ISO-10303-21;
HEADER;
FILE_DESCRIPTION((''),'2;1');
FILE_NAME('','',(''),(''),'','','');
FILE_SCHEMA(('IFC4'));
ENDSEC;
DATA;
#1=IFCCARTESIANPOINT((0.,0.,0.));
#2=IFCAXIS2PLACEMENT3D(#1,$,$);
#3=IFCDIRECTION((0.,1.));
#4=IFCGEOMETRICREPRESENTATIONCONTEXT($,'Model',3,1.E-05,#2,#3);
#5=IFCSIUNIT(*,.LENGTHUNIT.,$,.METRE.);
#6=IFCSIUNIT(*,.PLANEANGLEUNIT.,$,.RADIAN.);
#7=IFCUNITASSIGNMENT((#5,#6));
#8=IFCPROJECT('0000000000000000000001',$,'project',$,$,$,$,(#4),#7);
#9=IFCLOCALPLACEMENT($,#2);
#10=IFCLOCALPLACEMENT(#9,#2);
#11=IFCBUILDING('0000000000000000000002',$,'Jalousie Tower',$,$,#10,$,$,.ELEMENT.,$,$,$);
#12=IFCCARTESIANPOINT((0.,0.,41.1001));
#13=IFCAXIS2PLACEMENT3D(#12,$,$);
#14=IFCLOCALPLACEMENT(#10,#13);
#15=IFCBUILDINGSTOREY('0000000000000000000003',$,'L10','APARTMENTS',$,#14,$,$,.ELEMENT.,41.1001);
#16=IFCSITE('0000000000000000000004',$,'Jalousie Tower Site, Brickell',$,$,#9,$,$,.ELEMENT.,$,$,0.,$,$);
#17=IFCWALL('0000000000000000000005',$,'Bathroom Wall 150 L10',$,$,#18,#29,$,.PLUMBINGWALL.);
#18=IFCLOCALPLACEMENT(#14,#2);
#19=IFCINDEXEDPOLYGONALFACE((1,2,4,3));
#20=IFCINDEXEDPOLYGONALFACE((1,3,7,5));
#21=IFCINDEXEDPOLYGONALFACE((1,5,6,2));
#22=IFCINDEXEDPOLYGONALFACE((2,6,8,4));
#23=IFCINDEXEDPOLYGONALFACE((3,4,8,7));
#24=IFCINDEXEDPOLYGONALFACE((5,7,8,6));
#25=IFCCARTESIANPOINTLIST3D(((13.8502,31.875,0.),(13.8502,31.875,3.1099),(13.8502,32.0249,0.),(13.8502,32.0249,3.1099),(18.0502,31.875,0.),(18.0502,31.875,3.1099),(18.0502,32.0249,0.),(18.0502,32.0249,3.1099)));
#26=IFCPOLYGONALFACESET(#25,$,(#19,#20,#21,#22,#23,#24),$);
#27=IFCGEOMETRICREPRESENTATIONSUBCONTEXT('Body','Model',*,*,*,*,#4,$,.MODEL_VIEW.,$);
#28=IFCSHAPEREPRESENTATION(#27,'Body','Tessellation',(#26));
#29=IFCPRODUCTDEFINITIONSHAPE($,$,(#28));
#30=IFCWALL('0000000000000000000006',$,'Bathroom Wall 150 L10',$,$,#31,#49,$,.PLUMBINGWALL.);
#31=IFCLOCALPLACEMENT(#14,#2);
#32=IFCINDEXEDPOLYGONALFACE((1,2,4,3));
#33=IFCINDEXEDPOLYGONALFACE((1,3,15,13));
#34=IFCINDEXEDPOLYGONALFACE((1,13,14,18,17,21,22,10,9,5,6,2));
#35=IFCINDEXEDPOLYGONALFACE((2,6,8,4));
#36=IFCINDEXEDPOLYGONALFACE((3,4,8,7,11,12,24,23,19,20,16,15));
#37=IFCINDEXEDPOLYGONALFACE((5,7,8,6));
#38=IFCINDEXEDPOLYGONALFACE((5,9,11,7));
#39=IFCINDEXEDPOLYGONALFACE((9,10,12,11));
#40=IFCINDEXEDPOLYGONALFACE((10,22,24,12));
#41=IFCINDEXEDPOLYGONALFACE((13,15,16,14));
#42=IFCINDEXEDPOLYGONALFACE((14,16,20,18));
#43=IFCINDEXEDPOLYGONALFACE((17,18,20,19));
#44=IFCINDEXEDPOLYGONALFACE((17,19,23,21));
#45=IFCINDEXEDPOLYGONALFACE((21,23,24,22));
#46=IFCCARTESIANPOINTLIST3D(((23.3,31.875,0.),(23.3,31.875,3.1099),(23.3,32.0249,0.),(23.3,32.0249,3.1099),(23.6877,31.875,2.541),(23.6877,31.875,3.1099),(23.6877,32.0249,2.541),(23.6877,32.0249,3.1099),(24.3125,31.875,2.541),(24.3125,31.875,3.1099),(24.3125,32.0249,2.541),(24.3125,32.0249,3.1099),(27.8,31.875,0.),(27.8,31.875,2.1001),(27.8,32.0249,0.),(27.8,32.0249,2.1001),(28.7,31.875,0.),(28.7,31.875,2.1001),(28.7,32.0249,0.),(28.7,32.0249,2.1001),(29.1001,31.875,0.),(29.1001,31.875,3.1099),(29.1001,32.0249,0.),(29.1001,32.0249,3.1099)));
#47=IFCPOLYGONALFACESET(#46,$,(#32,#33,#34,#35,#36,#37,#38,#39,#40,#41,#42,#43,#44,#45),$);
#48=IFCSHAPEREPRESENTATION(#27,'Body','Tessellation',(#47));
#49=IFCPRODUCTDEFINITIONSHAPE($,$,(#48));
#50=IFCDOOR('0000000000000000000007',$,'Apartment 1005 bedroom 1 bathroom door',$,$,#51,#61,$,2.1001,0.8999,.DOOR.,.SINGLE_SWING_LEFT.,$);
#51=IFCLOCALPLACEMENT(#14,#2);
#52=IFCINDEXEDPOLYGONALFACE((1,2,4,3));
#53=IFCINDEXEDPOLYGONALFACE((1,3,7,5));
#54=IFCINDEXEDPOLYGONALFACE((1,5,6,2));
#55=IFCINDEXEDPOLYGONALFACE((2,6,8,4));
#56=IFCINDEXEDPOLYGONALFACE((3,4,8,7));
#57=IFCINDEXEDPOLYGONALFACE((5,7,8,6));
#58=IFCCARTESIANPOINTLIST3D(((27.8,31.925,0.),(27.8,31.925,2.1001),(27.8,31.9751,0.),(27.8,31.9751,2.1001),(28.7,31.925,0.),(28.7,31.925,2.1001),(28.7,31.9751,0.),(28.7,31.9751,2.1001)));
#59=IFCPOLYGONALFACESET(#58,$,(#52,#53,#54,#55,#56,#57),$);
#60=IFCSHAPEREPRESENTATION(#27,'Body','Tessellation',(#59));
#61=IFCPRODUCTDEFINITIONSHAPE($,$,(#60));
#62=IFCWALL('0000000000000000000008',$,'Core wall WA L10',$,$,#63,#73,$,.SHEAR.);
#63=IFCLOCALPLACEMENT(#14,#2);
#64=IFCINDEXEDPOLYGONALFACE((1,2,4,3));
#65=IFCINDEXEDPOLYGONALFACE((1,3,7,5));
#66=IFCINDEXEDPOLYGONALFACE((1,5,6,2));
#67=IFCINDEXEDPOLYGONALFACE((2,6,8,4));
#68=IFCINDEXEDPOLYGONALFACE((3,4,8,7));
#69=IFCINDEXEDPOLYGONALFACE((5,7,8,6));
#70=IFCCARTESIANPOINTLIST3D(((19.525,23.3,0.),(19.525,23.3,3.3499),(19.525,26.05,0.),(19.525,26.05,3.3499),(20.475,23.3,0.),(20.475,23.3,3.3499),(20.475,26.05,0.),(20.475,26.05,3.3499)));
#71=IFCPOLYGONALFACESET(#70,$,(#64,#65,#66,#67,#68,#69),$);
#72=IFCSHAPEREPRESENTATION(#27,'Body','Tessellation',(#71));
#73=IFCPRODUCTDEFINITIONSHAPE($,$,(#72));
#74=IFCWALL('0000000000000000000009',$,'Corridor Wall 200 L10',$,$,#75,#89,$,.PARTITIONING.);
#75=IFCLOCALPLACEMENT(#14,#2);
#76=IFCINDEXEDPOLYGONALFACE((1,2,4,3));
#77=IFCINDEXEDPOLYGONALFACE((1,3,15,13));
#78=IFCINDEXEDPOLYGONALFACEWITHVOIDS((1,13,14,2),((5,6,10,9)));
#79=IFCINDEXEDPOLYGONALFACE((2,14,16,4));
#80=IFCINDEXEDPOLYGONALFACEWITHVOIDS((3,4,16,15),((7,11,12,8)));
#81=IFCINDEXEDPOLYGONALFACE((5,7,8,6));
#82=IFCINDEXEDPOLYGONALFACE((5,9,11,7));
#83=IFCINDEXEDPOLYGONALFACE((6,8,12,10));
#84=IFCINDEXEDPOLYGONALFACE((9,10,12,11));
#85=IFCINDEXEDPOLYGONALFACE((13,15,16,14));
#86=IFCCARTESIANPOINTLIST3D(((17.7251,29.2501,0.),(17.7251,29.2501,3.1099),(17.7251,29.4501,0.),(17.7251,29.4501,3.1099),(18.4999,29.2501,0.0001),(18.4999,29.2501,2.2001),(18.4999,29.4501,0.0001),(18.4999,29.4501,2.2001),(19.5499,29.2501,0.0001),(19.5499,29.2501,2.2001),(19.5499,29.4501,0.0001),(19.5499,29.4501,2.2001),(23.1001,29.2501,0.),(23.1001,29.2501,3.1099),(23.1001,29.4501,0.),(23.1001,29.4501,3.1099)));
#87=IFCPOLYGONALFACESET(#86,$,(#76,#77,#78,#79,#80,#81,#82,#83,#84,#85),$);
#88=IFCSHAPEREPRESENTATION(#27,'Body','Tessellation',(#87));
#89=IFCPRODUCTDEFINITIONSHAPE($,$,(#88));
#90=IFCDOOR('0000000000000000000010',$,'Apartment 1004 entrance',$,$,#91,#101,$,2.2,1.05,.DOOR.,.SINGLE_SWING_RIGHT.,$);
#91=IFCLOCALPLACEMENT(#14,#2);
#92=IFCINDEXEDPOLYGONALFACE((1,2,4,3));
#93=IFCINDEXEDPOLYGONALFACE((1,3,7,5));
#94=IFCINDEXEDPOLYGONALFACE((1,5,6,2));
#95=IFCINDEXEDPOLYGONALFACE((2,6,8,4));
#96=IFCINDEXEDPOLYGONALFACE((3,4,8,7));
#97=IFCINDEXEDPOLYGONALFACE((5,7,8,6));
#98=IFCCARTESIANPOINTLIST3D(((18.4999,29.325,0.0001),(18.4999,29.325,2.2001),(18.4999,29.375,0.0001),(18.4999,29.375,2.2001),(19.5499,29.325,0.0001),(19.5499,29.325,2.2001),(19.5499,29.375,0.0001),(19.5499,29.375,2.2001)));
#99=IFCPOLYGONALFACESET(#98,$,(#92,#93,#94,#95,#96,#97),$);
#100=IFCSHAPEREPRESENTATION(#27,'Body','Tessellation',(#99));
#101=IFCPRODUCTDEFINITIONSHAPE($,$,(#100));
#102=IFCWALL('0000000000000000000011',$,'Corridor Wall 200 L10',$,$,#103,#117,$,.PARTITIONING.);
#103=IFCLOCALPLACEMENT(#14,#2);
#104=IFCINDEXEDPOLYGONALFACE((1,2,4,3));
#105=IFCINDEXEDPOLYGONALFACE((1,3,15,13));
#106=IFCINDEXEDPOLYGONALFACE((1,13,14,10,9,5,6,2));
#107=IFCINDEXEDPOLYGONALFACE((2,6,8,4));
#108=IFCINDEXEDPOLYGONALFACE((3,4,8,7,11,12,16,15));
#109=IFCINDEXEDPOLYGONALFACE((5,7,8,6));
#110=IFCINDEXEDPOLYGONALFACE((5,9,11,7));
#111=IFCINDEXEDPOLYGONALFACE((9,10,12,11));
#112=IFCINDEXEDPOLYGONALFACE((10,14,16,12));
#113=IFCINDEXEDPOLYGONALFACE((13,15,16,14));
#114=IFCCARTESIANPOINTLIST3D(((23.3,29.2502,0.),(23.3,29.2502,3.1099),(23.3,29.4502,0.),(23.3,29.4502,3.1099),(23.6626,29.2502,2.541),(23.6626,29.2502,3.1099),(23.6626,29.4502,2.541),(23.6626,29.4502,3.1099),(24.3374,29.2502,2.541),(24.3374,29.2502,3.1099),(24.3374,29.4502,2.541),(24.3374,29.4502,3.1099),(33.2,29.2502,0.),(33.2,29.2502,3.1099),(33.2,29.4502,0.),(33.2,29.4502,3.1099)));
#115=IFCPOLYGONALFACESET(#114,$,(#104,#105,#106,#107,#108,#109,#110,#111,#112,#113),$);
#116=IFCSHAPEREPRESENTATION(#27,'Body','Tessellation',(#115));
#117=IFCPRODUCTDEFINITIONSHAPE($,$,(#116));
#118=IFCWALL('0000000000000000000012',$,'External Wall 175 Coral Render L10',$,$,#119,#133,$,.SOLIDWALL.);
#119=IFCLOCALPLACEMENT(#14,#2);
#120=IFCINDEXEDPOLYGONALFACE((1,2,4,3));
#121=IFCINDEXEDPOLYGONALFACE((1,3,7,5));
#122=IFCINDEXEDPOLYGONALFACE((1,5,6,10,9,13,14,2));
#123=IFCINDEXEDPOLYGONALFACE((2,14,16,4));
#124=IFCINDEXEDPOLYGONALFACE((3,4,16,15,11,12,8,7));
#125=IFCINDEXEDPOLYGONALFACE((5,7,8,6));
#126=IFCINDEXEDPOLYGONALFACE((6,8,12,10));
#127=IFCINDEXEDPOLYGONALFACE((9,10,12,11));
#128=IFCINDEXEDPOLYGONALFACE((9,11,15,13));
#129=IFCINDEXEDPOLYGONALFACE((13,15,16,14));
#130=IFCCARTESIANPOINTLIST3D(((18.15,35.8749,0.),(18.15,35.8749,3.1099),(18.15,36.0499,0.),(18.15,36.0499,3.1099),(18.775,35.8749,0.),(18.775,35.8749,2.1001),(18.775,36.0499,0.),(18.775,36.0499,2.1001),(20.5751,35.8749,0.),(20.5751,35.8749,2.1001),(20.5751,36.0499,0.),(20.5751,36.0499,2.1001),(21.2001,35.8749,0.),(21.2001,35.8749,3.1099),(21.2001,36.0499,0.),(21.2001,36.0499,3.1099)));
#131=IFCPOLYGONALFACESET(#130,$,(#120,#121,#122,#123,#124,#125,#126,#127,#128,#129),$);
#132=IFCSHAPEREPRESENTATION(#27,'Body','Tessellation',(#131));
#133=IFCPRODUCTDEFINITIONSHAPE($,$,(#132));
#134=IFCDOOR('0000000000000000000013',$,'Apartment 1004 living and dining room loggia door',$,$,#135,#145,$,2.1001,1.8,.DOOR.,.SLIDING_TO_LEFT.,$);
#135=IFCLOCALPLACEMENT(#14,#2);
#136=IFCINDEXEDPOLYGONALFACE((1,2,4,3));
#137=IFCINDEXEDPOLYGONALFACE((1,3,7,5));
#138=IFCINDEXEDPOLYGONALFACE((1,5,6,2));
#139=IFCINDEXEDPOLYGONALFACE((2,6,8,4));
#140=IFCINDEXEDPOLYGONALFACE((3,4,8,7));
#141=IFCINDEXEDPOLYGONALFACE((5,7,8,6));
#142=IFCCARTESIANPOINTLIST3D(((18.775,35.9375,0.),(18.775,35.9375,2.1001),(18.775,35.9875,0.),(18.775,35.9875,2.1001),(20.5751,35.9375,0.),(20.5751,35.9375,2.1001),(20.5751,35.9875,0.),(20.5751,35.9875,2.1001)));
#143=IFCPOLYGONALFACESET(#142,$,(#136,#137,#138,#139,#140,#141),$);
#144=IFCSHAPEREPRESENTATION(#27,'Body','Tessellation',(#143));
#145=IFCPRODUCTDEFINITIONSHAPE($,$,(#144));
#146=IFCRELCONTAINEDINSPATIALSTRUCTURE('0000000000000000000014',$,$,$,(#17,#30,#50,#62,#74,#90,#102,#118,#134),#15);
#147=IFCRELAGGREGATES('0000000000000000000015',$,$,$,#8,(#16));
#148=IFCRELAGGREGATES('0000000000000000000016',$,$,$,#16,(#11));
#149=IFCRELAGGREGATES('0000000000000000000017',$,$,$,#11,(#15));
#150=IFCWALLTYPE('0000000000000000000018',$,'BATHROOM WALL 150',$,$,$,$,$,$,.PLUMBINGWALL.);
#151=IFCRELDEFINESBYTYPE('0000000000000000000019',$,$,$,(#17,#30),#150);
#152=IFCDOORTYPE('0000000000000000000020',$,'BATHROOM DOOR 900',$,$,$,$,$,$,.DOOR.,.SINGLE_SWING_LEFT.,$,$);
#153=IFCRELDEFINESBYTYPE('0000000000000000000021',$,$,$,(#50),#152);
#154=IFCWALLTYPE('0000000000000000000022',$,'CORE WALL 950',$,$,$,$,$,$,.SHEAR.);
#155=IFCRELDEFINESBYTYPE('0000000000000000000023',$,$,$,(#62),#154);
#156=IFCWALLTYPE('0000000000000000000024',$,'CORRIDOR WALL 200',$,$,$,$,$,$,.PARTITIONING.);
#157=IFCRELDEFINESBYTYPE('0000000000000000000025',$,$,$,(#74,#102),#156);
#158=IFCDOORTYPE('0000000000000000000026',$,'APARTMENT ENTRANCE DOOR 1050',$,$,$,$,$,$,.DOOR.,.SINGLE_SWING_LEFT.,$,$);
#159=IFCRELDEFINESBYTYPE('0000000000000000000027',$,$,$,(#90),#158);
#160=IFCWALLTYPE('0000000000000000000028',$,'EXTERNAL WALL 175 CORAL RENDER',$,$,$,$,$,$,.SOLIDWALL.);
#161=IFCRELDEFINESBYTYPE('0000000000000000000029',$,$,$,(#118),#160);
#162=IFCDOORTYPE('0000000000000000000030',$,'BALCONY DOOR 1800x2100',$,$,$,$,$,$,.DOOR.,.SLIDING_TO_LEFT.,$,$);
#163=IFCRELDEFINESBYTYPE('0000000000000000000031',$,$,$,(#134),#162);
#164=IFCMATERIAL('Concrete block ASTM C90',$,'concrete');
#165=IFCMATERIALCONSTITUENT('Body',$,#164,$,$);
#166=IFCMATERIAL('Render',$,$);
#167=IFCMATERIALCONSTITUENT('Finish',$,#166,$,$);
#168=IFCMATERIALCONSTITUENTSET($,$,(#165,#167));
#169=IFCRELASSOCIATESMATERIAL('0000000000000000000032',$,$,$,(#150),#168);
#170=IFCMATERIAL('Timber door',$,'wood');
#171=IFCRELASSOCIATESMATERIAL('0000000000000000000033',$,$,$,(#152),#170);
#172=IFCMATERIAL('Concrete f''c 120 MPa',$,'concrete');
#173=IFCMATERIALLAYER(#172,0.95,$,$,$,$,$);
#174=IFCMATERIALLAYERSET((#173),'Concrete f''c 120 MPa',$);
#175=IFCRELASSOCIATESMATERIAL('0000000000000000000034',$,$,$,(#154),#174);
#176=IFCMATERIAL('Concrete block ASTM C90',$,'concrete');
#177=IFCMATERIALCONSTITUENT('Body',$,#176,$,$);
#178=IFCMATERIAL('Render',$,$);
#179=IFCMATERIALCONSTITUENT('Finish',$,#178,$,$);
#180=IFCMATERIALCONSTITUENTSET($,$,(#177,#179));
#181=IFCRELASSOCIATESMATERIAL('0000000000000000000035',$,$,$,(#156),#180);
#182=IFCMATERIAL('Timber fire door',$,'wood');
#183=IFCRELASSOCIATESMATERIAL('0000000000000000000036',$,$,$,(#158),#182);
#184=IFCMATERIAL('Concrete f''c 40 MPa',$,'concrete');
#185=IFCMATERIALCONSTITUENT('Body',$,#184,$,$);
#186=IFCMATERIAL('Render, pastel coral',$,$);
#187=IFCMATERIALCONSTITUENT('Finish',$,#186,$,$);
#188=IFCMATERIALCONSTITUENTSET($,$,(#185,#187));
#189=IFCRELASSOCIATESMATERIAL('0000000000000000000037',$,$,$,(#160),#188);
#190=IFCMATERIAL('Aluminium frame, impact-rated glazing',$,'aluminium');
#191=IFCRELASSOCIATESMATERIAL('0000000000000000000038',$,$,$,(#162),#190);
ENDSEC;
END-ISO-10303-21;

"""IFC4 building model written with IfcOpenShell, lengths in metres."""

from ifc_helpers import new_model, si_unit, direction, frame, frame_2d, origin, place, context, subcontext, project, spatial, polyline, rectangle, outline, extrude, material, layer, layer_set, constituent, constituent_set, type_object, element, fill, save


model = new_model("IFC4")

# Units and contexts
model_context = context("Model", 3, precision=1e-05, world=origin(), true_north=direction((0.0, 1.0)))
body_context = subcontext(model_context, "Body", "Model", "MODEL_VIEW")
ifc_project = project(units=[si_unit("LENGTHUNIT", "METRE"), si_unit("PLANEANGLEUNIT", "RADIAN")], contexts=[model_context])

# Site, building, storey
site_placement = place(None, origin())
site = spatial("IfcSite", under=ifc_project, at=site_placement, Name="Jalousie Tower Site, Brickell", CompositionType="ELEMENT", RefElevation=0.0)
building_placement = place(site_placement, origin())
building = spatial("IfcBuilding", under=site, at=building_placement, Name="Jalousie Tower", CompositionType="ELEMENT")
storey_placement = place(building_placement, frame((0.0, 0.0, 41.1001)))
storey = spatial("IfcBuildingStorey", under=building, at=storey_placement, Name="L10", Description="APARTMENTS", CompositionType="ELEMENT", Elevation=41.1001)

# Wall
ifc_material_1 = material(Name="Concrete block ASTM C90", Category="concrete")
ifc_constituent_1 = constituent(ifc_material_1, Name="Body")
ifc_material_2 = material(Name="Render")
ifc_constituent_2 = constituent(ifc_material_2, Name="Finish")
ifc_constituent_set_1 = constituent_set(constituents=[ifc_constituent_1, ifc_constituent_2])
wall_type_1 = type_object("IfcWallType", Name="BATHROOM WALL 150", PredefinedType="PLUMBINGWALL", material=ifc_constituent_set_1)
wall_1_placement = place(storey_placement, frame((13.8501, 31.95, 0.0), z_axis=(0.0, 0.0, 1.0), x_axis=(1.0, 0.0, 0.0)))
element("IfcWall", 1, at=wall_1_placement, inside=storey, type_object=wall_type_1, Name="Bathroom Wall 150 L10", PredefinedType="PLUMBINGWALL", context=body_context, shape_type="SweptSolid", body=[
    extrude(rectangle(XDim=4.2, YDim=0.1499, at=frame_2d((2.1001, 0.0))), origin(), (0.0, 0.0, 1.0), 3.1099),
])

# Wall, opening, door
wall_2_placement = place(storey_placement, frame((23.3, 31.95, 0.0), z_axis=(0.0, 0.0, 1.0), x_axis=(1.0, 0.0, 0.0)))
wall_2 = element("IfcWall", 2, at=wall_2_placement, inside=storey, type_object=wall_type_1, Name="Bathroom Wall 150 L10", PredefinedType="PLUMBINGWALL", context=body_context, shape_type="SweptSolid", body=[
    extrude(outline(polyline([(0.0, 0.0), (5.8, 0.0), (5.8, 3.1099), (1.0125, 3.1099), (1.0125, 2.541), (0.3877, 2.541), (0.3877, 3.1099), (0.0, 3.1099), (0.0, 0.0)])), frame((0.0, 0.075, 0.0), z_axis=(0.0, -1.0, 0.0), x_axis=(1.0, 0.0, 0.0)), (0.0, 0.0, 1.0), 0.1499),
])
opening_1_placement = place(wall_2_placement, frame((4.5, 0.0, 0.0)))
opening_1 = element("IfcOpeningElement", 3, at=opening_1_placement, cuts=wall_2, PredefinedType="OPENING", context=body_context, shape_type="SweptSolid", body=[
    extrude(rectangle(XDim=0.8999, YDim=2.1001, at=frame_2d((0.45, 1.05))), frame((0.0, 0.085, 0.0), z_axis=(0.0, -1.0, 0.0), x_axis=(1.0, 0.0, 0.0)), (0.0, 0.0, 1.0), 0.1699),
])
ifc_material_3 = material(Name="Timber door", Category="wood")
door_type_1 = type_object("IfcDoorType", Name="BATHROOM DOOR 900", OperationType="SINGLE_SWING_LEFT", PredefinedType="DOOR", material=ifc_material_3)
door_1_placement = place(opening_1_placement, frame((0.8999, 0.0, 0.0), z_axis=(0.0, 0.0, 1.0), x_axis=(-1.0, 0.0, 0.0)))
door_1 = element("IfcDoor", 4, at=door_1_placement, inside=storey, type_object=door_type_1, Name="Apartment 1005 bedroom 1 bathroom door", OperationType="SINGLE_SWING_LEFT", OverallHeight=2.1001, OverallWidth=0.8999, PredefinedType="DOOR", context=body_context, shape_type="SweptSolid", body=[
    extrude(rectangle(XDim=0.8999, YDim=2.1001, at=frame_2d((0.45, 1.05))), frame((0.0, 0.0249, 0.0), z_axis=(0.0, -1.0, 0.0), x_axis=(1.0, 0.0, 0.0)), (0.0, 0.0, 1.0), 0.05),
])
fill(opening_1, door_1)

# Wall
ifc_material_4 = material(Name="Concrete f'c 120 MPa", Category="concrete")
ifc_layer_1 = layer(ifc_material_4, 0.95)
ifc_layer_set_1 = layer_set([ifc_layer_1], Name="Concrete f'c 120 MPa")
wall_type_2 = type_object("IfcWallType", Name="CORE WALL 950", PredefinedType="SHEAR", material=ifc_layer_set_1)
wall_3_placement = place(storey_placement, frame((20.0, 26.05, 0.0), z_axis=(0.0, 0.0, 1.0), x_axis=(0.0, -1.0, 0.0)))
element("IfcWall", 5, at=wall_3_placement, inside=storey, type_object=wall_type_2, Name="Core wall WA L10", PredefinedType="SHEAR", context=body_context, shape_type="SweptSolid", body=[
    extrude(rectangle(XDim=2.75, YDim=0.95, at=frame_2d((1.375, 0.0))), origin(), (0.0, 0.0, 1.0), 3.3499),
])

# Wall, opening, door
ifc_material_5 = material(Name="Concrete block ASTM C90", Category="concrete")
ifc_constituent_3 = constituent(ifc_material_5, Name="Body")
ifc_material_6 = material(Name="Render")
ifc_constituent_4 = constituent(ifc_material_6, Name="Finish")
ifc_constituent_set_2 = constituent_set(constituents=[ifc_constituent_3, ifc_constituent_4])
wall_type_3 = type_object("IfcWallType", Name="CORRIDOR WALL 200", PredefinedType="PARTITIONING", material=ifc_constituent_set_2)
wall_4_placement = place(storey_placement, frame((17.7251, 29.3501, 0.0), z_axis=(0.0, 0.0, 1.0), x_axis=(1.0, 0.0, 0.0)))
wall_4 = element("IfcWall", 6, at=wall_4_placement, inside=storey, type_object=wall_type_3, Name="Corridor Wall 200 L10", PredefinedType="PARTITIONING", context=body_context, shape_type="SweptSolid", body=[
    extrude(rectangle(XDim=5.375, YDim=0.2, at=frame_2d((2.6875, 0.0))), origin(), (0.0, 0.0, 1.0), 3.1099),
])
opening_2_placement = place(wall_4_placement, frame((0.7749, 0.0, 0.0)))
opening_2 = element("IfcOpeningElement", 7, at=opening_2_placement, cuts=wall_4, PredefinedType="OPENING", context=body_context, shape_type="SweptSolid", body=[
    extrude(rectangle(XDim=1.05, YDim=2.2, at=frame_2d((0.5249, 1.1001))), frame((0.0, 0.1099, 0.0), z_axis=(0.0, -1.0, 0.0), x_axis=(1.0, 0.0, 0.0)), (0.0, 0.0, 1.0), 0.22),
])
ifc_material_7 = material(Name="Timber fire door", Category="wood")
door_type_2 = type_object("IfcDoorType", Name="APARTMENT ENTRANCE DOOR 1050", OperationType="SINGLE_SWING_LEFT", PredefinedType="DOOR", material=ifc_material_7)
door_2_placement = place(opening_2_placement, origin())
door_2 = element("IfcDoor", 8, at=door_2_placement, inside=storey, type_object=door_type_2, Name="Apartment 1004 entrance", OperationType="SINGLE_SWING_RIGHT", OverallHeight=2.2, OverallWidth=1.05, PredefinedType="DOOR", context=body_context, shape_type="SweptSolid", body=[
    extrude(rectangle(XDim=1.05, YDim=2.2, at=frame_2d((0.5249, 1.1001))), frame((0.0, 0.0249, 0.0), z_axis=(0.0, -1.0, 0.0), x_axis=(1.0, 0.0, 0.0)), (0.0, 0.0, 1.0), 0.05),
])
fill(opening_2, door_2)

# Wall
wall_5_placement = place(storey_placement, frame((23.3, 29.3501, 0.0), z_axis=(0.0, 0.0, 1.0), x_axis=(1.0, 0.0, 0.0)))
element("IfcWall", 9, at=wall_5_placement, inside=storey, type_object=wall_type_3, Name="Corridor Wall 200 L10", PredefinedType="PARTITIONING", context=body_context, shape_type="SweptSolid", body=[
    extrude(outline(polyline([(0.0, 0.0), (9.8999, 0.0), (9.8999, 3.1099), (1.0374, 3.1099), (1.0374, 2.541), (0.3625, 2.541), (0.3625, 3.1099), (0.0, 3.1099), (0.0, 0.0)])), frame((0.0, 0.1001, 0.0), z_axis=(0.0, -1.0, 0.0), x_axis=(1.0, 0.0, 0.0)), (0.0, 0.0, 1.0), 0.2),
])

# Wall, opening, door
ifc_material_8 = material(Name="Concrete f'c 40 MPa", Category="concrete")
ifc_constituent_5 = constituent(ifc_material_8, Name="Body")
ifc_material_9 = material(Name="Render, pastel coral")
ifc_constituent_6 = constituent(ifc_material_9, Name="Finish")
ifc_constituent_set_3 = constituent_set(constituents=[ifc_constituent_5, ifc_constituent_6])
wall_type_4 = type_object("IfcWallType", Name="EXTERNAL WALL 175 CORAL RENDER", PredefinedType="SOLIDWALL", material=ifc_constituent_set_3)
wall_6_placement = place(storey_placement, frame((21.2, 35.9624, 0.0), z_axis=(0.0, 0.0, 1.0), x_axis=(-1.0, 0.0, 0.0)))
wall_6 = element("IfcWall", 10, at=wall_6_placement, inside=storey, type_object=wall_type_4, Name="External Wall 175 Coral Render L10", PredefinedType="SOLIDWALL", context=body_context, shape_type="SweptSolid", body=[
    extrude(rectangle(XDim=3.05, YDim=0.175, at=frame_2d((1.5249, 0.0))), origin(), (0.0, 0.0, 1.0), 3.1099),
])
opening_3_placement = place(wall_6_placement, frame((0.625, 0.0, 0.0)))
opening_3 = element("IfcOpeningElement", 11, at=opening_3_placement, cuts=wall_6, PredefinedType="OPENING", context=body_context, shape_type="SweptSolid", body=[
    extrude(rectangle(XDim=1.8, YDim=2.1001, at=frame_2d((0.8999, 1.05))), frame((0.0, 0.0974, 0.0), z_axis=(0.0, -1.0, 0.0), x_axis=(1.0, 0.0, 0.0)), (0.0, 0.0, 1.0), 0.1951),
])
ifc_material_10 = material(Name="Aluminium frame, impact-rated glazing", Category="aluminium")
door_type_3 = type_object("IfcDoorType", Name="BALCONY DOOR 1800x2100", OperationType="SLIDING_TO_LEFT", PredefinedType="DOOR", material=ifc_material_10)
door_3_placement = place(opening_3_placement, origin())
door_3 = element("IfcDoor", 12, at=door_3_placement, inside=storey, type_object=door_type_3, Name="Apartment 1004 living and dining room loggia door", OperationType="SLIDING_TO_LEFT", OverallHeight=2.1001, OverallWidth=1.8, PredefinedType="DOOR", context=body_context, shape_type="SweptSolid", body=[
    extrude(rectangle(XDim=1.8, YDim=2.1001, at=frame_2d((0.8999, 1.05))), frame((0.0, 0.0249, 0.0), z_axis=(0.0, -1.0, 0.0), x_axis=(1.0, 0.0, 0.0)), (0.0, 0.0, 1.0), 0.05),
])
fill(opening_3, door_3)

save(model, "model.ifc")
